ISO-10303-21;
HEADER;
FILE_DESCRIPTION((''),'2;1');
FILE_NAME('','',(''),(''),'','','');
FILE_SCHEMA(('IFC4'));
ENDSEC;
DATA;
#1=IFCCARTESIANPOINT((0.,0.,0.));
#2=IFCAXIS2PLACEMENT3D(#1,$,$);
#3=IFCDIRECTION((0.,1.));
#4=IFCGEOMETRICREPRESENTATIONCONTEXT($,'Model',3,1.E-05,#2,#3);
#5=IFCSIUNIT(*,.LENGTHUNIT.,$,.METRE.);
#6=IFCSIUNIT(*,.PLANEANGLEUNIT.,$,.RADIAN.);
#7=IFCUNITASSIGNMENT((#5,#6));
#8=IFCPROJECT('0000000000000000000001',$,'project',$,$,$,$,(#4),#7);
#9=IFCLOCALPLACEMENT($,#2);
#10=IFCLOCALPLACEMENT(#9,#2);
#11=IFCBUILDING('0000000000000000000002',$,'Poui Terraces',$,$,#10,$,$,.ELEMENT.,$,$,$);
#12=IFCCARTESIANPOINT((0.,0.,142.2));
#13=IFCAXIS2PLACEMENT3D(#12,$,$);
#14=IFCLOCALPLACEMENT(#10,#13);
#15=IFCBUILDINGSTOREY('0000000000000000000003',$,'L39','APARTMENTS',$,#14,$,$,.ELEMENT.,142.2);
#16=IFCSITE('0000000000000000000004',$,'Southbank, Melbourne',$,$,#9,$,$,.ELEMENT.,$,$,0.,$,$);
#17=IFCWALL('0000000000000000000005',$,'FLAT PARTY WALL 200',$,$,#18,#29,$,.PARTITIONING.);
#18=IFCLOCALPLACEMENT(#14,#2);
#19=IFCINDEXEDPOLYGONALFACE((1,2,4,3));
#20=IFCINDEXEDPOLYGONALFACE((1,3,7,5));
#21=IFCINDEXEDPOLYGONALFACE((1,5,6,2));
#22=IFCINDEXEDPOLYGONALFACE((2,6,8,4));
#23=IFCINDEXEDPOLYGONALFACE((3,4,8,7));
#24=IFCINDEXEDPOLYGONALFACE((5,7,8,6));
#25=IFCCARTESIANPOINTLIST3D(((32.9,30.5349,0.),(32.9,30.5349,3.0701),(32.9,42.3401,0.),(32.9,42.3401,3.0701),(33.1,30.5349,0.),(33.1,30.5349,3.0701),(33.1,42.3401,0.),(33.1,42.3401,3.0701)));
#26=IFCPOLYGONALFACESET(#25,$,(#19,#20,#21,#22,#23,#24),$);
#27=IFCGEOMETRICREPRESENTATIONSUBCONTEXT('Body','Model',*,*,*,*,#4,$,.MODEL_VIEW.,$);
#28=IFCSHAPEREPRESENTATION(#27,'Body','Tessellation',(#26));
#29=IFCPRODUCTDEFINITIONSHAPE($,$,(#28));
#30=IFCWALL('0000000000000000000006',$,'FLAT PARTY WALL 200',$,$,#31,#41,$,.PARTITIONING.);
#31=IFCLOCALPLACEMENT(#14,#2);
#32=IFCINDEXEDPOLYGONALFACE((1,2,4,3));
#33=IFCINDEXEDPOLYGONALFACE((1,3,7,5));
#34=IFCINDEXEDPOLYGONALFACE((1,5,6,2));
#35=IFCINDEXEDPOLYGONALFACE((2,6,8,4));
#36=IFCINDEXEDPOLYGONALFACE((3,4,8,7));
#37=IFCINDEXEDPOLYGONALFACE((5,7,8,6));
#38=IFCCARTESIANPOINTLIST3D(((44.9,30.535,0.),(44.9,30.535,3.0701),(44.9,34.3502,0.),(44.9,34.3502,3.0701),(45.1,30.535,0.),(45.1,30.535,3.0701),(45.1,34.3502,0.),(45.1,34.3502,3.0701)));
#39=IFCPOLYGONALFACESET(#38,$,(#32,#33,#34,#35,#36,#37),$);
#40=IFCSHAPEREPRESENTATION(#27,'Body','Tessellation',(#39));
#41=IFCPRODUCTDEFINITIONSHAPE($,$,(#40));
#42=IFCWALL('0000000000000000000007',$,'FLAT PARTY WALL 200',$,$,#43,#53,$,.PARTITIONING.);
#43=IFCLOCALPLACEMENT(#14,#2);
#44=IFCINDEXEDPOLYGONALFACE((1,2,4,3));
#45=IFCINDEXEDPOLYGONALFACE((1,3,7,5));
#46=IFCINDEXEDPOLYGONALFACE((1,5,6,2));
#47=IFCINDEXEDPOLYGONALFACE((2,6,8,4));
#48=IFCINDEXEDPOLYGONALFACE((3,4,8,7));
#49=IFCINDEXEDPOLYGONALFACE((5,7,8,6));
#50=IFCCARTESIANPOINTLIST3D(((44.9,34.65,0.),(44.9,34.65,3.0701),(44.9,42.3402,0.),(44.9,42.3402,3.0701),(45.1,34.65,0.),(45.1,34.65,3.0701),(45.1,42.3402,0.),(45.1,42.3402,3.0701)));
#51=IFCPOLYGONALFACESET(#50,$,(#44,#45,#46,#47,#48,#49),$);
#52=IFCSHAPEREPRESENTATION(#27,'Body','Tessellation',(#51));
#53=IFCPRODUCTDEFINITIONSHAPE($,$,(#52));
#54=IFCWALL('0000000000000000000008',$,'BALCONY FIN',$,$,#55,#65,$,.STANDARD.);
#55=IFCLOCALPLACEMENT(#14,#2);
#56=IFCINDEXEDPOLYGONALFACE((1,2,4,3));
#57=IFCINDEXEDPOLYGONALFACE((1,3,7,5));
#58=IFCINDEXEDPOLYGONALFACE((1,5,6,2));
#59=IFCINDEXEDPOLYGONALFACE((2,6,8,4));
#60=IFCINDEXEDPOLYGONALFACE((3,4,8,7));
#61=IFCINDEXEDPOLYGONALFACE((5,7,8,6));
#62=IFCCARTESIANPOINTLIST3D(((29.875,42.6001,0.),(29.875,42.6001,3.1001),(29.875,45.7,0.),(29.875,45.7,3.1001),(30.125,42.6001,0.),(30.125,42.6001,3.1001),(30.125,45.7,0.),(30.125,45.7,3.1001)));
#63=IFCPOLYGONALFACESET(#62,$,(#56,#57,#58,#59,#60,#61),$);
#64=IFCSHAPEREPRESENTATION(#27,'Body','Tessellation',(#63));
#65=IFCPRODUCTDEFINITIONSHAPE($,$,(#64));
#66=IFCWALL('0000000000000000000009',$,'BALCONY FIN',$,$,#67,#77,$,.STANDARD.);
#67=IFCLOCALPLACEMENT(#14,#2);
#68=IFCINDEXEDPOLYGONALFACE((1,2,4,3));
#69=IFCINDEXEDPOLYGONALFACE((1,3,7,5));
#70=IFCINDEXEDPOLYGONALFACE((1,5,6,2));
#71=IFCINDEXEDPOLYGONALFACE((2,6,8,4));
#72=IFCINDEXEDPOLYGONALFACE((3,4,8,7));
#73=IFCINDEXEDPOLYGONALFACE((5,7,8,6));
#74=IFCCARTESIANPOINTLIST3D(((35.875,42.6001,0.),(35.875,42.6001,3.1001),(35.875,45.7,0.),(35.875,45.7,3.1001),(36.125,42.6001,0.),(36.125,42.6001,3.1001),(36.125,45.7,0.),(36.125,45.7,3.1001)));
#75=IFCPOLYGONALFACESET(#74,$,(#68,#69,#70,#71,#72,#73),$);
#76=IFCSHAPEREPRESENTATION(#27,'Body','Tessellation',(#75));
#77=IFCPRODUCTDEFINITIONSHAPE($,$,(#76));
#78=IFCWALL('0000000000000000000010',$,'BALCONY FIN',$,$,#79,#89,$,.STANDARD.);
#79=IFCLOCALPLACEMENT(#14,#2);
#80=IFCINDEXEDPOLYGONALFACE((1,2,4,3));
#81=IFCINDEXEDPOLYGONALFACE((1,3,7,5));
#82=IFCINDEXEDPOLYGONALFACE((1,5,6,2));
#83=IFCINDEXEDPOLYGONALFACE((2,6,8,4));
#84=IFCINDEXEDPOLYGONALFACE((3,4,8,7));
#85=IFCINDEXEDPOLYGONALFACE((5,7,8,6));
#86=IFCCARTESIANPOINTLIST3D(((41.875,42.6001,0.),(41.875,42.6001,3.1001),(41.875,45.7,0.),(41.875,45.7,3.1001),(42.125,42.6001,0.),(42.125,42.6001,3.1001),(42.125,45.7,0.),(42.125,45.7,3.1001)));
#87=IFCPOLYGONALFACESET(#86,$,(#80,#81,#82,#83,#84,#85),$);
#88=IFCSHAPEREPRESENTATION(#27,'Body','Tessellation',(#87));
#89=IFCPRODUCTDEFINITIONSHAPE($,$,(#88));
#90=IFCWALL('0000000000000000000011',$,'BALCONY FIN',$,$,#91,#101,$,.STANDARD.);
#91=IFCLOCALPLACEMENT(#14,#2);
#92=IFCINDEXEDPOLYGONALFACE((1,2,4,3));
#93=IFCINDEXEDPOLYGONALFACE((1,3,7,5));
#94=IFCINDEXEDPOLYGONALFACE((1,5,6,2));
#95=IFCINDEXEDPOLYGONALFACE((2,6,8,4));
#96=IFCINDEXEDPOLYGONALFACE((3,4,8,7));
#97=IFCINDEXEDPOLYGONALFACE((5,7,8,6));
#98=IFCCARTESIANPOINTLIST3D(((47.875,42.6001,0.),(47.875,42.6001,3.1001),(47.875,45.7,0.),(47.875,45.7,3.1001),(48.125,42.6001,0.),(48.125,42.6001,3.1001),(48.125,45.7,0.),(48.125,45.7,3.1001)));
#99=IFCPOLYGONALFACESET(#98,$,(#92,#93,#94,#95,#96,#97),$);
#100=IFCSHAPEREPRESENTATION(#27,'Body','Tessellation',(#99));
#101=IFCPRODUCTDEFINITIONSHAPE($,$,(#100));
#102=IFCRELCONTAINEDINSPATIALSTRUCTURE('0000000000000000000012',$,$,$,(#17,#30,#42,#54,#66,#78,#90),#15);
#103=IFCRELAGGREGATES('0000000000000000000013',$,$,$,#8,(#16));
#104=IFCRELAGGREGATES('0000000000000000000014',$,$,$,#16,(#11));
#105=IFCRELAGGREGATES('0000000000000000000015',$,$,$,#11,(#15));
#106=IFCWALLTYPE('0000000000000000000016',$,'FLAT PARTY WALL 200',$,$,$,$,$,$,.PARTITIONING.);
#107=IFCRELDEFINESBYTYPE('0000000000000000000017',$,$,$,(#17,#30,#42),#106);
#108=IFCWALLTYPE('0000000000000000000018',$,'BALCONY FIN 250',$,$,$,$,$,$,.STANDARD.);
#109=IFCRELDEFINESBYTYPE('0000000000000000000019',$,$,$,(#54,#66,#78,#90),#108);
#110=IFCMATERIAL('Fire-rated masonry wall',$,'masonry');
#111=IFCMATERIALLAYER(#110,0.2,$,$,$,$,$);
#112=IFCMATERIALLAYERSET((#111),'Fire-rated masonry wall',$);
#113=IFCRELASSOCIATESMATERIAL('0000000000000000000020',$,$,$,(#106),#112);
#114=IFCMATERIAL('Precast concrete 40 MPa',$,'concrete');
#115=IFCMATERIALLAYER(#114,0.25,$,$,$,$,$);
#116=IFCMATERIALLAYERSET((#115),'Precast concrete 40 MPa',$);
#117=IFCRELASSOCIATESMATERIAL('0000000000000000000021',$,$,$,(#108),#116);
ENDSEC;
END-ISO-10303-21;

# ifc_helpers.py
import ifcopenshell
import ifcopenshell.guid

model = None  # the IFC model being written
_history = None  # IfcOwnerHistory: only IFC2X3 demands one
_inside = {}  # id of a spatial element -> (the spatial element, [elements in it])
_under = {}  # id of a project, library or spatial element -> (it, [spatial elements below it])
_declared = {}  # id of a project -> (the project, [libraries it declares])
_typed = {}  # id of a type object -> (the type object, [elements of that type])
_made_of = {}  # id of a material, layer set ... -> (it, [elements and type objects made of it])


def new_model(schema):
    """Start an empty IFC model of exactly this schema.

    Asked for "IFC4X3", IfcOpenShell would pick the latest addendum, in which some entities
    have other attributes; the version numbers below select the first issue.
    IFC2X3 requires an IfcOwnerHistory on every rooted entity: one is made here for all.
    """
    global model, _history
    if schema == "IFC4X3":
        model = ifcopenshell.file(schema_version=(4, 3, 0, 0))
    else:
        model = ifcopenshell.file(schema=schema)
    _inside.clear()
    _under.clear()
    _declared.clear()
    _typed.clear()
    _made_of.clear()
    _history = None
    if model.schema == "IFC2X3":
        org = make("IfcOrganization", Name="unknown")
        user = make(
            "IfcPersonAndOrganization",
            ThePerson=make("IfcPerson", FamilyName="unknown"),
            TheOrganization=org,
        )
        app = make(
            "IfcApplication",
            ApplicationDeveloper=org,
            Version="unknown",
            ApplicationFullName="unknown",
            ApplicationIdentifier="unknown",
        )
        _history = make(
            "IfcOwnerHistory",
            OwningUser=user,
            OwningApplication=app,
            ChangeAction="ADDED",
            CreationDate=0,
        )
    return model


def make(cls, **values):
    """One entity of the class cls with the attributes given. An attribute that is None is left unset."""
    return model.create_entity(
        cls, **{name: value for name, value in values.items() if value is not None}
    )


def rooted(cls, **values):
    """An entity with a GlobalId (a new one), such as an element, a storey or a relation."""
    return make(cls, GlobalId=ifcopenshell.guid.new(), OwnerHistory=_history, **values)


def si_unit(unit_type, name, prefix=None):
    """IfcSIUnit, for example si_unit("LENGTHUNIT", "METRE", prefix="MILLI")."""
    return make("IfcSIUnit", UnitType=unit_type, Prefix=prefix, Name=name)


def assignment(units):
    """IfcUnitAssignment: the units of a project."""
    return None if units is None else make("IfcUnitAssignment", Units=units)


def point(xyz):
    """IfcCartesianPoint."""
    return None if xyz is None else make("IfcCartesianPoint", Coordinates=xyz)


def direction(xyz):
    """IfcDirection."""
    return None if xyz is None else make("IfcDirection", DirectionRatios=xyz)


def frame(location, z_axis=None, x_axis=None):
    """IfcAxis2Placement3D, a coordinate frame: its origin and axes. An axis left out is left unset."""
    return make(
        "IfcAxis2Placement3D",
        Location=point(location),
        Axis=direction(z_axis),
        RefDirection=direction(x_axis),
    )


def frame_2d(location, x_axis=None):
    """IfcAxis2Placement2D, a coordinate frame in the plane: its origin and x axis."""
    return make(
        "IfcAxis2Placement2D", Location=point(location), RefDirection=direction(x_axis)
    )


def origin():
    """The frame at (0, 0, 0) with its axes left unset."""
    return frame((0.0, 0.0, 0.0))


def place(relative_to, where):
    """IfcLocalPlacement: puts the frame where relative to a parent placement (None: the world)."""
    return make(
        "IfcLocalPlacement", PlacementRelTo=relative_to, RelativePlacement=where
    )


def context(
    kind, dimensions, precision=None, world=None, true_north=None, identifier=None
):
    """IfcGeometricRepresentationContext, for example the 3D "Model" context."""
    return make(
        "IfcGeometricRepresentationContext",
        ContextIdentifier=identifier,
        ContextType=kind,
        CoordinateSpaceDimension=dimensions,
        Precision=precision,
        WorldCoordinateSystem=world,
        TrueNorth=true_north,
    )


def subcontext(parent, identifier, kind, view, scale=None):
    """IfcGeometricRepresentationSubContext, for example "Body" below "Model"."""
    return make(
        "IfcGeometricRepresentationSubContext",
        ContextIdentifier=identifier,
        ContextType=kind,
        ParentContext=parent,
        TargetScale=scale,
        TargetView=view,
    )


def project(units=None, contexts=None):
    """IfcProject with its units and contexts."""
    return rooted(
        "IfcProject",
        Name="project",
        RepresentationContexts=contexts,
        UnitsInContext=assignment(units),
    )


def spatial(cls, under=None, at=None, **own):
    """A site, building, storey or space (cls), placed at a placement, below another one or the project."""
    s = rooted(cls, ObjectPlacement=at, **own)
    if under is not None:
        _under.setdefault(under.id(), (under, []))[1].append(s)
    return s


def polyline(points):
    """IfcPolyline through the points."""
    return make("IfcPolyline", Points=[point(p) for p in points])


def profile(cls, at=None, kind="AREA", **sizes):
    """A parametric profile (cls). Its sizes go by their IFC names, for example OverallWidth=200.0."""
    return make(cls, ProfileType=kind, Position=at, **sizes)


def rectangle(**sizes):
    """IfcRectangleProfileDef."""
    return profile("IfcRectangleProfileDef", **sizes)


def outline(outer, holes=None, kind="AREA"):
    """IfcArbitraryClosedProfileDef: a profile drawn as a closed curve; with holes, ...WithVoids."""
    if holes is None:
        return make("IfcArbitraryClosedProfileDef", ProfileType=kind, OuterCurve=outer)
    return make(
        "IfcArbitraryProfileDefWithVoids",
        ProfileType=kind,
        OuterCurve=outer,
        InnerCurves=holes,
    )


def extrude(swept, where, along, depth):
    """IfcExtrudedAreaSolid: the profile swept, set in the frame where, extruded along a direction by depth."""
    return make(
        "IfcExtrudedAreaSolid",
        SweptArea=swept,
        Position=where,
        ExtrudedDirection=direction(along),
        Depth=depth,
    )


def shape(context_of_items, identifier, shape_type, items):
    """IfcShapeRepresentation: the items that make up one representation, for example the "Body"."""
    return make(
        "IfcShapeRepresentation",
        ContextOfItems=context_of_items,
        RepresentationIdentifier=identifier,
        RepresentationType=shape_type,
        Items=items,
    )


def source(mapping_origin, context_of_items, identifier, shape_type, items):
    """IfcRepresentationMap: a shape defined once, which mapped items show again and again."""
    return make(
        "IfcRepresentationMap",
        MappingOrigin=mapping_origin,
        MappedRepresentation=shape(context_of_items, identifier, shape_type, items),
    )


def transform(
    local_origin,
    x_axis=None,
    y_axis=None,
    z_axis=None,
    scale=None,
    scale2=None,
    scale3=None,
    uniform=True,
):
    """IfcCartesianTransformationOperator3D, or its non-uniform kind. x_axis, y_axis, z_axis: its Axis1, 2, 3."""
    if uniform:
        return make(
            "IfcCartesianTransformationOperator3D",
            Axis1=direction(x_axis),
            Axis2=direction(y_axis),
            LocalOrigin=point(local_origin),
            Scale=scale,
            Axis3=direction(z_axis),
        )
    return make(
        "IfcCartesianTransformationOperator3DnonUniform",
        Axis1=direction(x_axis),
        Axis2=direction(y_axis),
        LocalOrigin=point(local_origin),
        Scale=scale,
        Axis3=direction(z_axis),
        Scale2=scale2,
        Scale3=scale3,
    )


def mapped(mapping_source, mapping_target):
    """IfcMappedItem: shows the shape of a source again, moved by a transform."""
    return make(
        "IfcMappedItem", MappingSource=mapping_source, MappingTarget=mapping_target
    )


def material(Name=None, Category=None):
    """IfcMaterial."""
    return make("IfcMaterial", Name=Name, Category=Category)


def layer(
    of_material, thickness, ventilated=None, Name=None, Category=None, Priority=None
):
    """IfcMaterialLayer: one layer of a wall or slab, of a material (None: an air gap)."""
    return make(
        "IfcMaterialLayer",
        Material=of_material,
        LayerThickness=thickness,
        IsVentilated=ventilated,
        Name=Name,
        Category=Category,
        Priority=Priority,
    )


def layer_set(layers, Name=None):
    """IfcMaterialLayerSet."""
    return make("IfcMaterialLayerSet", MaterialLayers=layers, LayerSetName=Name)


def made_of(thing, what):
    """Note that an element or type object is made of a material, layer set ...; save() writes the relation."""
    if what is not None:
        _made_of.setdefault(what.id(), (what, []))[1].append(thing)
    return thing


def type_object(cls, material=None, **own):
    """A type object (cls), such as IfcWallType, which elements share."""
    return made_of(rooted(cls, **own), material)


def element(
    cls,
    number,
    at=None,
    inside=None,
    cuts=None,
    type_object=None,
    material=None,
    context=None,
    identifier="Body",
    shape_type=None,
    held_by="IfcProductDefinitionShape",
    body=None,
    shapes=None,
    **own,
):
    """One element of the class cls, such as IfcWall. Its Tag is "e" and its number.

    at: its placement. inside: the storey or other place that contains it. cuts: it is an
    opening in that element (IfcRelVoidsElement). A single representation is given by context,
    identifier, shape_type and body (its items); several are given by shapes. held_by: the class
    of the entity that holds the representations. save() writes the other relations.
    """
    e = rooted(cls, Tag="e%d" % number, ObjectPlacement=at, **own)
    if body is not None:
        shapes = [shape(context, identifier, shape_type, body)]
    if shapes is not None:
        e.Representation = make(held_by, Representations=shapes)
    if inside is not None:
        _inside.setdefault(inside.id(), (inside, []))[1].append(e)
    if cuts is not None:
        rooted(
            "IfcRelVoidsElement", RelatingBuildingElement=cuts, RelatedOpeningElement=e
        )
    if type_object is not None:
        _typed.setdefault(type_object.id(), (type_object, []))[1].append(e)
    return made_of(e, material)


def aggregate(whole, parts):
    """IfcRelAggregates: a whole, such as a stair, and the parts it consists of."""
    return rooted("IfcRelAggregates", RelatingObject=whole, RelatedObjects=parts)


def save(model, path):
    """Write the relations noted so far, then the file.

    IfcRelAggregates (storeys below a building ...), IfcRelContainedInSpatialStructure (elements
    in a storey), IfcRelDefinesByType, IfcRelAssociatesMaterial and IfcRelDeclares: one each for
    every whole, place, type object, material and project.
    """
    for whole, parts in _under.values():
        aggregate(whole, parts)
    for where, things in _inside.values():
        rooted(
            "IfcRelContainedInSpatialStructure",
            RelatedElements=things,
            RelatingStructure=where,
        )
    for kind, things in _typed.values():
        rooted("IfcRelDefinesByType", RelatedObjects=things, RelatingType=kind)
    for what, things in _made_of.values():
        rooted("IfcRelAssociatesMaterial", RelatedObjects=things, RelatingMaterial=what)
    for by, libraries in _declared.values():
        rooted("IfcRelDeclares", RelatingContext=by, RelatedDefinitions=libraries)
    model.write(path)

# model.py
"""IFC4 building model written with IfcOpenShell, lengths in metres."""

from ifc_helpers import new_model, si_unit, direction, frame, frame_2d, origin, place, context, subcontext, project, spatial, polyline, rectangle, outline, extrude, source, transform, mapped, material, layer, layer_set, type_object, element, save


model = new_model("IFC4")

# Units and contexts
model_context = context("Model", 3, precision=1e-05, world=origin(), true_north=direction((0.0, 1.0)))
body_context = subcontext(model_context, "Body", "Model", "MODEL_VIEW")
ifc_project = project(units=[si_unit("LENGTHUNIT", "METRE"), si_unit("PLANEANGLEUNIT", "RADIAN")], contexts=[model_context])

# Site, building, storey
site_placement = place(None, origin())
site = spatial("IfcSite", under=ifc_project, at=site_placement, Name="Southbank, Melbourne", CompositionType="ELEMENT", RefElevation=0.0)
building_placement = place(site_placement, origin())
building = spatial("IfcBuilding", under=site, at=building_placement, Name="Poui Terraces", CompositionType="ELEMENT")
storey_placement = place(building_placement, frame((0.0, 0.0, 142.2)))
storey = spatial("IfcBuildingStorey", under=building, at=storey_placement, Name="L39", Description="APARTMENTS", CompositionType="ELEMENT", Elevation=142.2)

# Walls
ifc_material_1 = material(Name="Fire-rated masonry wall", Category="masonry")
ifc_layer_1 = layer(ifc_material_1, 0.2)
ifc_layer_set_1 = layer_set([ifc_layer_1], Name="Fire-rated masonry wall")
wall_type_1 = type_object("IfcWallType", Name="FLAT PARTY WALL 200", PredefinedType="PARTITIONING", material=ifc_layer_set_1)
wall_1_placement = place(storey_placement, frame((33.0, 30.5349, 0.0), z_axis=(0.0, 0.0, 1.0), x_axis=(0.0, 1.0, 0.0)))
element("IfcWall", 1, at=wall_1_placement, inside=storey, type_object=wall_type_1, Name="FLAT PARTY WALL 200", PredefinedType="PARTITIONING", context=body_context, shape_type="SweptSolid", body=[
    extrude(rectangle(XDim=11.8052, YDim=0.2, at=frame_2d((5.9026, 0.0))), origin(), (0.0, 0.0, 1.0), 3.0701),
])
wall_2_placement = place(storey_placement, frame((45.0, 30.5349, 0.0), z_axis=(0.0, 0.0, 1.0), x_axis=(0.0, 1.0, 0.0)))
element("IfcWall", 2, at=wall_2_placement, inside=storey, type_object=wall_type_1, Name="FLAT PARTY WALL 200", PredefinedType="PARTITIONING", context=body_context, shape_type="SweptSolid", body=[
    extrude(rectangle(XDim=3.8152, YDim=0.2, at=frame_2d((1.9077, 0.0))), origin(), (0.0, 0.0, 1.0), 3.0701),
])
wall_3_placement = place(storey_placement, frame((45.0, 34.6499, 0.0), z_axis=(0.0, 0.0, 1.0), x_axis=(0.0, 1.0, 0.0)))
element("IfcWall", 3, at=wall_3_placement, inside=storey, type_object=wall_type_1, Name="FLAT PARTY WALL 200", PredefinedType="PARTITIONING", context=body_context, shape_type="SweptSolid", body=[
    extrude(rectangle(XDim=7.6902, YDim=0.2, at=frame_2d((3.8452, 0.0))), origin(), (0.0, 0.0, 1.0), 3.0701),
])
ifc_material_2 = material(Name="Precast concrete 40 MPa", Category="concrete")
ifc_layer_2 = layer(ifc_material_2, 0.25)
ifc_layer_set_2 = layer_set([ifc_layer_2], Name="Precast concrete 40 MPa")
wall_type_2 = type_object("IfcWallType", Name="BALCONY FIN 250", PredefinedType="STANDARD", material=ifc_layer_set_2)
shared_shape_1 = source(origin(), body_context, "Body", "SweptSolid", [
    extrude(outline(polyline([(0.0, 0.0), (0.25, 0.0), (0.25, 3.0999), (0.0, 3.0999), (0.0, 0.0)])), origin(), (0.0, 0.0, 1.0), 3.1001),
])
for number, where, name in (
    (4, (29.875, 42.6001, 0.0), "BALCONY FIN"),
    (5, (35.875, 42.6001, 0.0), "BALCONY FIN"),
    (6, (41.875, 42.6001, 0.0), "BALCONY FIN"),
    (7, (47.875, 42.6001, 0.0), "BALCONY FIN"),
):
    element("IfcWall", number, at=place(storey_placement, frame(where)), inside=storey, type_object=wall_type_2, Name=name, PredefinedType="STANDARD", context=body_context, shape_type="MappedRepresentation", body=[
        mapped(shared_shape_1, transform((0.0, 0.0, 0.0))),
    ])

save(model, "model.ifc")
